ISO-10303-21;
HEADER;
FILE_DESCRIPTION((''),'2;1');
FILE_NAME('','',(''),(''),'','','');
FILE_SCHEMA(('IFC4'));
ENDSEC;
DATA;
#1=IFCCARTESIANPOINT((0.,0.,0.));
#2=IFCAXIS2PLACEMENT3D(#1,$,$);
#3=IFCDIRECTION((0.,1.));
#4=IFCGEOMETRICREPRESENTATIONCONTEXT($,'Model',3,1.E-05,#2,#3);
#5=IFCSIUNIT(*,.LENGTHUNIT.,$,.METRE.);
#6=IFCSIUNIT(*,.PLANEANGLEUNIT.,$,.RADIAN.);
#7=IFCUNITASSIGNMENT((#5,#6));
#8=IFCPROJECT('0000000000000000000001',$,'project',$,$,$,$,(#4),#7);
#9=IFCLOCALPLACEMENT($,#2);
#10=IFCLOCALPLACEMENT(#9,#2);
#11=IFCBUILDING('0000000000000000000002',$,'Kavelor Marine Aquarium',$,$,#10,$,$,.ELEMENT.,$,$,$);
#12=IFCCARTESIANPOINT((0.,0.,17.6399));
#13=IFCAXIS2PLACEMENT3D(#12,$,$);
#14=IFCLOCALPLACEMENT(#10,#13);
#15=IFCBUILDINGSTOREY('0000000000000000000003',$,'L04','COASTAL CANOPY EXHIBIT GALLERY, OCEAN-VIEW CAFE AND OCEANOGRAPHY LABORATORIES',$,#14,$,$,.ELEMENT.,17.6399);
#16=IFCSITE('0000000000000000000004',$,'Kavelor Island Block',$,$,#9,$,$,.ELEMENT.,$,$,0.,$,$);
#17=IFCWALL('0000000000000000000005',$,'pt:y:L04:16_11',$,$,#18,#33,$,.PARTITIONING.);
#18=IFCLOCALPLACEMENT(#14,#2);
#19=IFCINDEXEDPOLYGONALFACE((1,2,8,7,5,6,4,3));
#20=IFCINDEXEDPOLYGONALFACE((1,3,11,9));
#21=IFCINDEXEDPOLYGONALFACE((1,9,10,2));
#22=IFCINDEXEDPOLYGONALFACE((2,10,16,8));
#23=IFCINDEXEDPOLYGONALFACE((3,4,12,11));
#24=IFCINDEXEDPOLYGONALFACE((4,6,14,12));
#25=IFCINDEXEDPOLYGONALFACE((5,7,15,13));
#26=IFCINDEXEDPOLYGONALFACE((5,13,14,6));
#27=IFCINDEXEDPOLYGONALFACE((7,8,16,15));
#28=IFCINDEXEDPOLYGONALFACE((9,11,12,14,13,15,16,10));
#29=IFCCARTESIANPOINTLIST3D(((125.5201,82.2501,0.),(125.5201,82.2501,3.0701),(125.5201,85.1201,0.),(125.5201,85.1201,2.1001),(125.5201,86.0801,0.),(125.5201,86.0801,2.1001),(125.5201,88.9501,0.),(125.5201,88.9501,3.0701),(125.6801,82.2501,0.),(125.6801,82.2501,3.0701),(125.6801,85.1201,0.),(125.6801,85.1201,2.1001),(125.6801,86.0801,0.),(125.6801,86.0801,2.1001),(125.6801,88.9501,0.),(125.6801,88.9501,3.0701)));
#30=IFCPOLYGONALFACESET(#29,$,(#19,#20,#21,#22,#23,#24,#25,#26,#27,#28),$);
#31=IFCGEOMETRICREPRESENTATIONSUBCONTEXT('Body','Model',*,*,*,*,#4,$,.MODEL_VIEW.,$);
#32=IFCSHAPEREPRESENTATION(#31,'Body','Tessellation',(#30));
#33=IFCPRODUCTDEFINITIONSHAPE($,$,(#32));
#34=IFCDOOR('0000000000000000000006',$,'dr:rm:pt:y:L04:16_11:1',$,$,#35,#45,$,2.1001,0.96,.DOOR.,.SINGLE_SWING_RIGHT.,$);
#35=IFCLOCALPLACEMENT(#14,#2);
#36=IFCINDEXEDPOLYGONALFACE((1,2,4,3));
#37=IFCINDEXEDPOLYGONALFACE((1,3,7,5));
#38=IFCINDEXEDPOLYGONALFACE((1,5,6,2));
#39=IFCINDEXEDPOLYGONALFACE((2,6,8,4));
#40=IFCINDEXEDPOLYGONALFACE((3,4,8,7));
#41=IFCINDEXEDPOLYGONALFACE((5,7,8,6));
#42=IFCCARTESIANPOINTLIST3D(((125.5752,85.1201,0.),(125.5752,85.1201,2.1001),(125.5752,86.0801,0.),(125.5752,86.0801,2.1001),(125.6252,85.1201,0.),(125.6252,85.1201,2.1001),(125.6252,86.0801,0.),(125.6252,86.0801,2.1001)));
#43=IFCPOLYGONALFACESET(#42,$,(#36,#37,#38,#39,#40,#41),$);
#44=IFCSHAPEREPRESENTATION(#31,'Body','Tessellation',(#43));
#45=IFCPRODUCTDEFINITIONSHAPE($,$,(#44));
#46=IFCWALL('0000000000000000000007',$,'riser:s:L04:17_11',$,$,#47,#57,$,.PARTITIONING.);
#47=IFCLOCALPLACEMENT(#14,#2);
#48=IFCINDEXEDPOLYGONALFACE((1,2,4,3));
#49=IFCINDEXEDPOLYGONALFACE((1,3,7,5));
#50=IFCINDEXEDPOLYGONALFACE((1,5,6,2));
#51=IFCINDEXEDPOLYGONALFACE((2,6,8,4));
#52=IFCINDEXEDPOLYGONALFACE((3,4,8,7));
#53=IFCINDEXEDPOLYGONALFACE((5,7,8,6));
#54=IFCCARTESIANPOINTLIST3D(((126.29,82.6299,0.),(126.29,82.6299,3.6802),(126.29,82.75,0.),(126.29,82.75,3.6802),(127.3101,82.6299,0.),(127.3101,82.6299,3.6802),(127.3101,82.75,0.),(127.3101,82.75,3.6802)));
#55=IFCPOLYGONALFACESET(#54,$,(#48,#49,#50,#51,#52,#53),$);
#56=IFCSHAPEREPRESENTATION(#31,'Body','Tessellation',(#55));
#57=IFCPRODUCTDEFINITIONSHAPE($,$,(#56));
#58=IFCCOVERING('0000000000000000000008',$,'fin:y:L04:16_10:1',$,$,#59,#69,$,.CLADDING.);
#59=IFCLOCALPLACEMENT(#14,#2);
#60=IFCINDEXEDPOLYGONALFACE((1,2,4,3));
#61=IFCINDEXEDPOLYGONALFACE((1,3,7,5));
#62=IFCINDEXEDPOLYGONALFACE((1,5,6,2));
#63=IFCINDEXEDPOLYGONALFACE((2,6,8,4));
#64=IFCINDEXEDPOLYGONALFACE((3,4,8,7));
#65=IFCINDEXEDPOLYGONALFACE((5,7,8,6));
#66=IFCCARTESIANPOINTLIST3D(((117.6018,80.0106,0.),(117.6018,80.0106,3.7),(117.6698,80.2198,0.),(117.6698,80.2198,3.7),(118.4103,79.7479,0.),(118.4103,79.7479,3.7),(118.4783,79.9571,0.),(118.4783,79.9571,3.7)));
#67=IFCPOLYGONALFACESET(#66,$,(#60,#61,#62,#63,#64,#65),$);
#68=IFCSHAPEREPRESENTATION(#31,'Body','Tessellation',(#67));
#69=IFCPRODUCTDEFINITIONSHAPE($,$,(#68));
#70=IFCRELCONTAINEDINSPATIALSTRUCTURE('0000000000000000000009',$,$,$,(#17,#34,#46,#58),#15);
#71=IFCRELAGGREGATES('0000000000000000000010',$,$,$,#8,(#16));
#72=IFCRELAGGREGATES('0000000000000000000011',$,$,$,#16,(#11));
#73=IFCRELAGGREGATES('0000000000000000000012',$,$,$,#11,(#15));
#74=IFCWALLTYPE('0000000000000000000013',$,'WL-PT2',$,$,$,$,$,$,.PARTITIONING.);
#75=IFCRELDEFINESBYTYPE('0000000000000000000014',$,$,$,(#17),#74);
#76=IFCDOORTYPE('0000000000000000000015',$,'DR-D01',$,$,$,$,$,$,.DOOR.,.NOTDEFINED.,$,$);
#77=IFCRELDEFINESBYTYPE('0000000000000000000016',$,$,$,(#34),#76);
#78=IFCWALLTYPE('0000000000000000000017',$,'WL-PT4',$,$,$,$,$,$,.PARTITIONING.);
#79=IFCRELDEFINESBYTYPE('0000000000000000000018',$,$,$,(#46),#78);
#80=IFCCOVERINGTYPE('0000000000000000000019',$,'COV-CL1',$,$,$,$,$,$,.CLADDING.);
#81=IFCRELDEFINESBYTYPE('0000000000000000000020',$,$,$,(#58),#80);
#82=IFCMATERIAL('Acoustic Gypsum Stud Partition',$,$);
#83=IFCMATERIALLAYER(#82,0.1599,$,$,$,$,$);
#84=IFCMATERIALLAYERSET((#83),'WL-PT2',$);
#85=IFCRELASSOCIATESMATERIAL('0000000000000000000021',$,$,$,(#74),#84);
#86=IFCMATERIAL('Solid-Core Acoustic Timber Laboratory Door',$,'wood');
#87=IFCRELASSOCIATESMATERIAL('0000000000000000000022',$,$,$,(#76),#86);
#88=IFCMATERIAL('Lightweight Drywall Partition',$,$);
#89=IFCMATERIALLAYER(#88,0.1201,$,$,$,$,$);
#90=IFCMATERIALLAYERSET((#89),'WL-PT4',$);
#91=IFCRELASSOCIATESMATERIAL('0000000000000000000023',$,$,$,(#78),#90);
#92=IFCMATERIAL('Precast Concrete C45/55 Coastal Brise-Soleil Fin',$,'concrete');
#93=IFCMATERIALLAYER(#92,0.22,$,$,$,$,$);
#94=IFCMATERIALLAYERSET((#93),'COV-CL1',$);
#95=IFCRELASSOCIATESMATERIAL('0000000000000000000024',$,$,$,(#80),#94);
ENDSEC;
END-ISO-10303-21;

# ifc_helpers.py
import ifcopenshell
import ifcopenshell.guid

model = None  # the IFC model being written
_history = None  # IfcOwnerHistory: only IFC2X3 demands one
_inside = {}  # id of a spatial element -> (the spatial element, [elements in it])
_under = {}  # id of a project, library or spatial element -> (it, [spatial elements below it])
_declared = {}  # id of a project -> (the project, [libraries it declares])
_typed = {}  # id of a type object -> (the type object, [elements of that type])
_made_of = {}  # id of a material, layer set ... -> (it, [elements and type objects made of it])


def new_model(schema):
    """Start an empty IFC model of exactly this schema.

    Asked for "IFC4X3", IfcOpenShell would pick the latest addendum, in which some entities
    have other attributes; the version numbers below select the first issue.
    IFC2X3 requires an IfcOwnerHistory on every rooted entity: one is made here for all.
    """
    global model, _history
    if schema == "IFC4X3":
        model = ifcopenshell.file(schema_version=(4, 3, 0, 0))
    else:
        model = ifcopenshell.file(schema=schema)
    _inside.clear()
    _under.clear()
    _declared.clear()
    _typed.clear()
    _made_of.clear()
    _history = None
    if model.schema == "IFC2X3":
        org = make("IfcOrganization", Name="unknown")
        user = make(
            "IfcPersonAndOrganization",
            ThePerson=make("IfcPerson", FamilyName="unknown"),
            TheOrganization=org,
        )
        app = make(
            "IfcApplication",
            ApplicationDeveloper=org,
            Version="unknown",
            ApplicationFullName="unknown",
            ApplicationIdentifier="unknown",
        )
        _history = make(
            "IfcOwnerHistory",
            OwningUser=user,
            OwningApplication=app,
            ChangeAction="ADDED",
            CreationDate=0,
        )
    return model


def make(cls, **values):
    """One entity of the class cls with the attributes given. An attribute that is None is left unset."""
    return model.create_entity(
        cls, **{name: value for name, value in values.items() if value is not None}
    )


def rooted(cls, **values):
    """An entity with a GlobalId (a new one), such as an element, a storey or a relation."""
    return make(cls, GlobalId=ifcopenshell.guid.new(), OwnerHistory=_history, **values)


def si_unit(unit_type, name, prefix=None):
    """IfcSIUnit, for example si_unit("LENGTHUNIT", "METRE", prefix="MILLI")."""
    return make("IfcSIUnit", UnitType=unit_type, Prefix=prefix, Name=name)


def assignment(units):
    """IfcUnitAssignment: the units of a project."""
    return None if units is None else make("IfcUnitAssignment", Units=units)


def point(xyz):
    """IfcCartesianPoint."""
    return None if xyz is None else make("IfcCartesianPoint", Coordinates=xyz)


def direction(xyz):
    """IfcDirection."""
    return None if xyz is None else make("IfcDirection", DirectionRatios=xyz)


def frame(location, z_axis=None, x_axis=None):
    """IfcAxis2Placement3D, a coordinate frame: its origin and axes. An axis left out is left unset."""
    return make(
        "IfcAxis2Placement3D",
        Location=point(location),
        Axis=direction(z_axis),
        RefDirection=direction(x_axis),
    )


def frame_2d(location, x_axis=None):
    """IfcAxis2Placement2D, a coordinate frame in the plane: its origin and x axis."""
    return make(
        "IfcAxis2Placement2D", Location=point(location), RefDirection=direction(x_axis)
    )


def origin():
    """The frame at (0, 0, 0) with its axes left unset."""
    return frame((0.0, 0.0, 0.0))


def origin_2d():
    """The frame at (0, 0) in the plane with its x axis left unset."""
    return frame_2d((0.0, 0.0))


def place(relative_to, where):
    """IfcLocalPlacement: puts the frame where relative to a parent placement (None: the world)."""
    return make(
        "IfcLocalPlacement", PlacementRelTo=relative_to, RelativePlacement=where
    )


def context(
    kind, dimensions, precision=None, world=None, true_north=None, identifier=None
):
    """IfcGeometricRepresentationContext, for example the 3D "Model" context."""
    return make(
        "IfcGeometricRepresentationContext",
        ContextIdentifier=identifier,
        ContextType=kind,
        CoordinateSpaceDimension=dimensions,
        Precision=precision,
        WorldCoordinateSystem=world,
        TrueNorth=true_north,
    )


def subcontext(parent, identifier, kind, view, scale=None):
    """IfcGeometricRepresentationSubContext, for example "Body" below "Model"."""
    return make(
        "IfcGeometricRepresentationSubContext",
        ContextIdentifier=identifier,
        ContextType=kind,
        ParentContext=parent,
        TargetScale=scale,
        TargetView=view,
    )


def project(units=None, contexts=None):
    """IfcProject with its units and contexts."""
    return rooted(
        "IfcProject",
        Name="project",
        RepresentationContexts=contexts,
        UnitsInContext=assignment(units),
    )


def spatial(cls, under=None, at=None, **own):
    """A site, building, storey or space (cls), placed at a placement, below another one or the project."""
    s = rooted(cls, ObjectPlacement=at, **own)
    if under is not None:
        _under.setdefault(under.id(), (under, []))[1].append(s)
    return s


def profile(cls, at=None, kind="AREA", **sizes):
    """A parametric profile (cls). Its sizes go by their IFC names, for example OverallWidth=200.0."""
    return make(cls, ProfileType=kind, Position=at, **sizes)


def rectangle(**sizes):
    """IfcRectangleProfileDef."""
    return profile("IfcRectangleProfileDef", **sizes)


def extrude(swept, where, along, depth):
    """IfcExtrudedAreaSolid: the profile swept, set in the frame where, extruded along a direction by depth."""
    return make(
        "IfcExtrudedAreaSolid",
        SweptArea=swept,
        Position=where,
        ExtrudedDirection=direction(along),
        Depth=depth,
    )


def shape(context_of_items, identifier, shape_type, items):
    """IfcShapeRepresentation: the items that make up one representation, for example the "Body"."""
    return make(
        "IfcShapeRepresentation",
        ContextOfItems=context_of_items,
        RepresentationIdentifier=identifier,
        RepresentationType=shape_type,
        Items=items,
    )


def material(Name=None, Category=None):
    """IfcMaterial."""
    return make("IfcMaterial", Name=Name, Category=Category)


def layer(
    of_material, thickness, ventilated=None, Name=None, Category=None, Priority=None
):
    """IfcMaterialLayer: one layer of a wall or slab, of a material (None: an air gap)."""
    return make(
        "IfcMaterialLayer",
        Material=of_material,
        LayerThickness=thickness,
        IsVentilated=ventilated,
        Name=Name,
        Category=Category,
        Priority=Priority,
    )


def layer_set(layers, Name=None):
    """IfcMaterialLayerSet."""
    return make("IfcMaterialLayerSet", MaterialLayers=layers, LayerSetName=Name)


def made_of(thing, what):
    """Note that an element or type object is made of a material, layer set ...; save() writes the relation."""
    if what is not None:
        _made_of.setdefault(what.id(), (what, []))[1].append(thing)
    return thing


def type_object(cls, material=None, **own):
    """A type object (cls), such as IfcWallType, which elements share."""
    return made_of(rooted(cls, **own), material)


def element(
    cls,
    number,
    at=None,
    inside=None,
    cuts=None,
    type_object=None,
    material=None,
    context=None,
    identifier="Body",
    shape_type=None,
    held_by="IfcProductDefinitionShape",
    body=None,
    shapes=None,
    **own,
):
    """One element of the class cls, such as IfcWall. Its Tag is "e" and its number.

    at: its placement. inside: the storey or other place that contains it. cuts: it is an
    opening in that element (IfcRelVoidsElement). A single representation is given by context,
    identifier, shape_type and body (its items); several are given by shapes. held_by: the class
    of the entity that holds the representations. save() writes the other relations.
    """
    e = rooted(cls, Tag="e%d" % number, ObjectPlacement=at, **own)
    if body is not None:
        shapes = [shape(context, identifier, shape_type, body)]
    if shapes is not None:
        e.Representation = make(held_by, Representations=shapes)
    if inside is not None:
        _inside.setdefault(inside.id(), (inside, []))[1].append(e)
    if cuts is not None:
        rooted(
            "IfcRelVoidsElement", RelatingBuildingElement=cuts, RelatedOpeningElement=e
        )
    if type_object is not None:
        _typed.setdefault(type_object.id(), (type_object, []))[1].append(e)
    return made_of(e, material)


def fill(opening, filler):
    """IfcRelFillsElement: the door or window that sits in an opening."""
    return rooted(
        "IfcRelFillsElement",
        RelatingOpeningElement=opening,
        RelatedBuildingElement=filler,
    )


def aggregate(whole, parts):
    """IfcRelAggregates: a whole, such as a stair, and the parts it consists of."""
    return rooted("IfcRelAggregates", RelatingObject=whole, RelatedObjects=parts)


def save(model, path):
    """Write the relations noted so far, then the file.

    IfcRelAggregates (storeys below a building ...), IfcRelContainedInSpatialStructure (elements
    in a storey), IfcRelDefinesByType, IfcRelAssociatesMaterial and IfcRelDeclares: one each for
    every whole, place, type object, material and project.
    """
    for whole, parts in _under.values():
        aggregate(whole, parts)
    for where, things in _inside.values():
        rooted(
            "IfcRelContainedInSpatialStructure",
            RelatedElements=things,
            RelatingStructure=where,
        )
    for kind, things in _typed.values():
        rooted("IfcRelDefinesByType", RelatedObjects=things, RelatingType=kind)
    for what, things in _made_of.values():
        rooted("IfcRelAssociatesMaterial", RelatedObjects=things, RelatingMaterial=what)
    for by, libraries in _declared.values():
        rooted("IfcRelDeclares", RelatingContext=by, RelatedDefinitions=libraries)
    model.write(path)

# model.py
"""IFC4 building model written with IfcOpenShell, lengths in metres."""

from ifc_helpers import new_model, si_unit, direction, frame, frame_2d, origin, origin_2d, place, context, subcontext, project, spatial, rectangle, extrude, material, layer, layer_set, type_object, element, fill, save


model = new_model("IFC4")

# Units and contexts
model_context = context("Model", 3, precision=1e-05, world=origin(), true_north=direction((0.0, 1.0)))
body_context = subcontext(model_context, "Body", "Model", "MODEL_VIEW")
ifc_project = project(units=[si_unit("LENGTHUNIT", "METRE"), si_unit("PLANEANGLEUNIT", "RADIAN")], contexts=[model_context])

# Site, building, storey
site_placement = place(None, origin())
site = spatial("IfcSite", under=ifc_project, at=site_placement, Name="Kavelor Island Block", CompositionType="ELEMENT", RefElevation=0.0)
building_placement = place(site_placement, origin())
building = spatial("IfcBuilding", under=site, at=building_placement, Name="Kavelor Marine Aquarium", CompositionType="ELEMENT")
storey_placement = place(building_placement, frame((0.0, 0.0, 17.6399)))
storey = spatial("IfcBuildingStorey", under=building, at=storey_placement, Name="L04", Description="COASTAL CANOPY EXHIBIT GALLERY, OCEAN-VIEW CAFE AND OCEANOGRAPHY LABORATORIES", CompositionType="ELEMENT", Elevation=17.6399)

# Wall, opening, door
ifc_material_1 = material(Name="Acoustic Gypsum Stud Partition")
ifc_layer_1 = layer(ifc_material_1, 0.1599)
ifc_layer_set_1 = layer_set([ifc_layer_1], Name="WL-PT2")
wall_type_1 = type_object("IfcWallType", Name="WL-PT2", PredefinedType="PARTITIONING", material=ifc_layer_set_1)
wall_1_placement = place(storey_placement, frame((125.6001, 82.25, 0.0), z_axis=(0.0, 0.0, 1.0), x_axis=(0.0, 1.0, 0.0)))
wall_1 = element("IfcWall", 1, at=wall_1_placement, inside=storey, type_object=wall_type_1, Name="pt:y:L04:16_11", PredefinedType="PARTITIONING", context=body_context, shape_type="SweptSolid", body=[
    extrude(rectangle(XDim=6.7, YDim=0.1599, at=frame_2d((3.3501, 0.0))), origin(), (0.0, 0.0, 1.0), 3.0701),
])
opening_placement = place(wall_1_placement, frame((2.8701, 0.0, 0.0)))
opening = element("IfcOpeningElement", 2, at=opening_placement, cuts=wall_1, PredefinedType="OPENING", context=body_context, shape_type="SweptSolid", body=[
    extrude(rectangle(XDim=0.96, YDim=2.1001, at=frame_2d((0.48, 1.05))), frame((0.0, 0.0898, 0.0), z_axis=(0.0, -1.0, 0.0), x_axis=(1.0, 0.0, 0.0)), (0.0, 0.0, 1.0), 0.1799),
])
ifc_material_2 = material(Name="Solid-Core Acoustic Timber Laboratory Door", Category="wood")
door_type = type_object("IfcDoorType", Name="DR-D01", OperationType="NOTDEFINED", PredefinedType="DOOR", material=ifc_material_2)
door_placement = place(opening_placement, origin())
door = element("IfcDoor", 3, at=door_placement, inside=storey, type_object=door_type, Name="dr:rm:pt:y:L04:16_11:1", OperationType="SINGLE_SWING_RIGHT", OverallHeight=2.1001, OverallWidth=0.96, PredefinedType="DOOR", context=body_context, shape_type="SweptSolid", body=[
    extrude(rectangle(XDim=0.96, YDim=2.1001, at=frame_2d((0.48, 1.05))), frame((0.0, 0.0249, 0.0), z_axis=(0.0, -1.0, 0.0), x_axis=(1.0, 0.0, 0.0)), (0.0, 0.0, 1.0), 0.05),
])
fill(opening, door)

# Wall
ifc_material_3 = material(Name="Lightweight Drywall Partition")
ifc_layer_2 = layer(ifc_material_3, 0.1201)
ifc_layer_set_2 = layer_set([ifc_layer_2], Name="WL-PT4")
wall_type_2 = type_object("IfcWallType", Name="WL-PT4", PredefinedType="PARTITIONING", material=ifc_layer_set_2)
wall_2_placement = place(storey_placement, frame((126.29, 82.6899, 0.0), z_axis=(0.0, 0.0, 1.0), x_axis=(1.0, 0.0, 0.0)))
element("IfcWall", 4, at=wall_2_placement, inside=storey, type_object=wall_type_2, Name="riser:s:L04:17_11", PredefinedType="PARTITIONING", context=body_context, shape_type="SweptSolid", body=[
    extrude(rectangle(XDim=1.02, YDim=0.1201, at=frame_2d((0.51, 0.0))), origin(), (0.0, 0.0, 1.0), 3.6802),
])

# Covering
ifc_material_4 = material(Name="Precast Concrete C45/55 Coastal Brise-Soleil Fin", Category="concrete")
ifc_layer_3 = layer(ifc_material_4, 0.22)
ifc_layer_set_3 = layer_set([ifc_layer_3], Name="COV-CL1")
covering_type = type_object("IfcCoveringType", Name="COV-CL1", PredefinedType="CLADDING", material=ifc_layer_set_3)
covering_placement = place(storey_placement, frame((118.04, 79.9839, 0.0), z_axis=(0.0, 0.0, 1.0), x_axis=(0.951057, -0.309017, 0.0)))
element("IfcCovering", 5, at=covering_placement, inside=storey, type_object=covering_type, Name="fin:y:L04:16_10:1", PredefinedType="CLADDING", context=body_context, shape_type="SweptSolid", body=[
    extrude(rectangle(XDim=0.8501, YDim=0.22, at=origin_2d()), origin(), (0.0, 0.0, 1.0), 3.7),
])

save(model, "model.ifc")
